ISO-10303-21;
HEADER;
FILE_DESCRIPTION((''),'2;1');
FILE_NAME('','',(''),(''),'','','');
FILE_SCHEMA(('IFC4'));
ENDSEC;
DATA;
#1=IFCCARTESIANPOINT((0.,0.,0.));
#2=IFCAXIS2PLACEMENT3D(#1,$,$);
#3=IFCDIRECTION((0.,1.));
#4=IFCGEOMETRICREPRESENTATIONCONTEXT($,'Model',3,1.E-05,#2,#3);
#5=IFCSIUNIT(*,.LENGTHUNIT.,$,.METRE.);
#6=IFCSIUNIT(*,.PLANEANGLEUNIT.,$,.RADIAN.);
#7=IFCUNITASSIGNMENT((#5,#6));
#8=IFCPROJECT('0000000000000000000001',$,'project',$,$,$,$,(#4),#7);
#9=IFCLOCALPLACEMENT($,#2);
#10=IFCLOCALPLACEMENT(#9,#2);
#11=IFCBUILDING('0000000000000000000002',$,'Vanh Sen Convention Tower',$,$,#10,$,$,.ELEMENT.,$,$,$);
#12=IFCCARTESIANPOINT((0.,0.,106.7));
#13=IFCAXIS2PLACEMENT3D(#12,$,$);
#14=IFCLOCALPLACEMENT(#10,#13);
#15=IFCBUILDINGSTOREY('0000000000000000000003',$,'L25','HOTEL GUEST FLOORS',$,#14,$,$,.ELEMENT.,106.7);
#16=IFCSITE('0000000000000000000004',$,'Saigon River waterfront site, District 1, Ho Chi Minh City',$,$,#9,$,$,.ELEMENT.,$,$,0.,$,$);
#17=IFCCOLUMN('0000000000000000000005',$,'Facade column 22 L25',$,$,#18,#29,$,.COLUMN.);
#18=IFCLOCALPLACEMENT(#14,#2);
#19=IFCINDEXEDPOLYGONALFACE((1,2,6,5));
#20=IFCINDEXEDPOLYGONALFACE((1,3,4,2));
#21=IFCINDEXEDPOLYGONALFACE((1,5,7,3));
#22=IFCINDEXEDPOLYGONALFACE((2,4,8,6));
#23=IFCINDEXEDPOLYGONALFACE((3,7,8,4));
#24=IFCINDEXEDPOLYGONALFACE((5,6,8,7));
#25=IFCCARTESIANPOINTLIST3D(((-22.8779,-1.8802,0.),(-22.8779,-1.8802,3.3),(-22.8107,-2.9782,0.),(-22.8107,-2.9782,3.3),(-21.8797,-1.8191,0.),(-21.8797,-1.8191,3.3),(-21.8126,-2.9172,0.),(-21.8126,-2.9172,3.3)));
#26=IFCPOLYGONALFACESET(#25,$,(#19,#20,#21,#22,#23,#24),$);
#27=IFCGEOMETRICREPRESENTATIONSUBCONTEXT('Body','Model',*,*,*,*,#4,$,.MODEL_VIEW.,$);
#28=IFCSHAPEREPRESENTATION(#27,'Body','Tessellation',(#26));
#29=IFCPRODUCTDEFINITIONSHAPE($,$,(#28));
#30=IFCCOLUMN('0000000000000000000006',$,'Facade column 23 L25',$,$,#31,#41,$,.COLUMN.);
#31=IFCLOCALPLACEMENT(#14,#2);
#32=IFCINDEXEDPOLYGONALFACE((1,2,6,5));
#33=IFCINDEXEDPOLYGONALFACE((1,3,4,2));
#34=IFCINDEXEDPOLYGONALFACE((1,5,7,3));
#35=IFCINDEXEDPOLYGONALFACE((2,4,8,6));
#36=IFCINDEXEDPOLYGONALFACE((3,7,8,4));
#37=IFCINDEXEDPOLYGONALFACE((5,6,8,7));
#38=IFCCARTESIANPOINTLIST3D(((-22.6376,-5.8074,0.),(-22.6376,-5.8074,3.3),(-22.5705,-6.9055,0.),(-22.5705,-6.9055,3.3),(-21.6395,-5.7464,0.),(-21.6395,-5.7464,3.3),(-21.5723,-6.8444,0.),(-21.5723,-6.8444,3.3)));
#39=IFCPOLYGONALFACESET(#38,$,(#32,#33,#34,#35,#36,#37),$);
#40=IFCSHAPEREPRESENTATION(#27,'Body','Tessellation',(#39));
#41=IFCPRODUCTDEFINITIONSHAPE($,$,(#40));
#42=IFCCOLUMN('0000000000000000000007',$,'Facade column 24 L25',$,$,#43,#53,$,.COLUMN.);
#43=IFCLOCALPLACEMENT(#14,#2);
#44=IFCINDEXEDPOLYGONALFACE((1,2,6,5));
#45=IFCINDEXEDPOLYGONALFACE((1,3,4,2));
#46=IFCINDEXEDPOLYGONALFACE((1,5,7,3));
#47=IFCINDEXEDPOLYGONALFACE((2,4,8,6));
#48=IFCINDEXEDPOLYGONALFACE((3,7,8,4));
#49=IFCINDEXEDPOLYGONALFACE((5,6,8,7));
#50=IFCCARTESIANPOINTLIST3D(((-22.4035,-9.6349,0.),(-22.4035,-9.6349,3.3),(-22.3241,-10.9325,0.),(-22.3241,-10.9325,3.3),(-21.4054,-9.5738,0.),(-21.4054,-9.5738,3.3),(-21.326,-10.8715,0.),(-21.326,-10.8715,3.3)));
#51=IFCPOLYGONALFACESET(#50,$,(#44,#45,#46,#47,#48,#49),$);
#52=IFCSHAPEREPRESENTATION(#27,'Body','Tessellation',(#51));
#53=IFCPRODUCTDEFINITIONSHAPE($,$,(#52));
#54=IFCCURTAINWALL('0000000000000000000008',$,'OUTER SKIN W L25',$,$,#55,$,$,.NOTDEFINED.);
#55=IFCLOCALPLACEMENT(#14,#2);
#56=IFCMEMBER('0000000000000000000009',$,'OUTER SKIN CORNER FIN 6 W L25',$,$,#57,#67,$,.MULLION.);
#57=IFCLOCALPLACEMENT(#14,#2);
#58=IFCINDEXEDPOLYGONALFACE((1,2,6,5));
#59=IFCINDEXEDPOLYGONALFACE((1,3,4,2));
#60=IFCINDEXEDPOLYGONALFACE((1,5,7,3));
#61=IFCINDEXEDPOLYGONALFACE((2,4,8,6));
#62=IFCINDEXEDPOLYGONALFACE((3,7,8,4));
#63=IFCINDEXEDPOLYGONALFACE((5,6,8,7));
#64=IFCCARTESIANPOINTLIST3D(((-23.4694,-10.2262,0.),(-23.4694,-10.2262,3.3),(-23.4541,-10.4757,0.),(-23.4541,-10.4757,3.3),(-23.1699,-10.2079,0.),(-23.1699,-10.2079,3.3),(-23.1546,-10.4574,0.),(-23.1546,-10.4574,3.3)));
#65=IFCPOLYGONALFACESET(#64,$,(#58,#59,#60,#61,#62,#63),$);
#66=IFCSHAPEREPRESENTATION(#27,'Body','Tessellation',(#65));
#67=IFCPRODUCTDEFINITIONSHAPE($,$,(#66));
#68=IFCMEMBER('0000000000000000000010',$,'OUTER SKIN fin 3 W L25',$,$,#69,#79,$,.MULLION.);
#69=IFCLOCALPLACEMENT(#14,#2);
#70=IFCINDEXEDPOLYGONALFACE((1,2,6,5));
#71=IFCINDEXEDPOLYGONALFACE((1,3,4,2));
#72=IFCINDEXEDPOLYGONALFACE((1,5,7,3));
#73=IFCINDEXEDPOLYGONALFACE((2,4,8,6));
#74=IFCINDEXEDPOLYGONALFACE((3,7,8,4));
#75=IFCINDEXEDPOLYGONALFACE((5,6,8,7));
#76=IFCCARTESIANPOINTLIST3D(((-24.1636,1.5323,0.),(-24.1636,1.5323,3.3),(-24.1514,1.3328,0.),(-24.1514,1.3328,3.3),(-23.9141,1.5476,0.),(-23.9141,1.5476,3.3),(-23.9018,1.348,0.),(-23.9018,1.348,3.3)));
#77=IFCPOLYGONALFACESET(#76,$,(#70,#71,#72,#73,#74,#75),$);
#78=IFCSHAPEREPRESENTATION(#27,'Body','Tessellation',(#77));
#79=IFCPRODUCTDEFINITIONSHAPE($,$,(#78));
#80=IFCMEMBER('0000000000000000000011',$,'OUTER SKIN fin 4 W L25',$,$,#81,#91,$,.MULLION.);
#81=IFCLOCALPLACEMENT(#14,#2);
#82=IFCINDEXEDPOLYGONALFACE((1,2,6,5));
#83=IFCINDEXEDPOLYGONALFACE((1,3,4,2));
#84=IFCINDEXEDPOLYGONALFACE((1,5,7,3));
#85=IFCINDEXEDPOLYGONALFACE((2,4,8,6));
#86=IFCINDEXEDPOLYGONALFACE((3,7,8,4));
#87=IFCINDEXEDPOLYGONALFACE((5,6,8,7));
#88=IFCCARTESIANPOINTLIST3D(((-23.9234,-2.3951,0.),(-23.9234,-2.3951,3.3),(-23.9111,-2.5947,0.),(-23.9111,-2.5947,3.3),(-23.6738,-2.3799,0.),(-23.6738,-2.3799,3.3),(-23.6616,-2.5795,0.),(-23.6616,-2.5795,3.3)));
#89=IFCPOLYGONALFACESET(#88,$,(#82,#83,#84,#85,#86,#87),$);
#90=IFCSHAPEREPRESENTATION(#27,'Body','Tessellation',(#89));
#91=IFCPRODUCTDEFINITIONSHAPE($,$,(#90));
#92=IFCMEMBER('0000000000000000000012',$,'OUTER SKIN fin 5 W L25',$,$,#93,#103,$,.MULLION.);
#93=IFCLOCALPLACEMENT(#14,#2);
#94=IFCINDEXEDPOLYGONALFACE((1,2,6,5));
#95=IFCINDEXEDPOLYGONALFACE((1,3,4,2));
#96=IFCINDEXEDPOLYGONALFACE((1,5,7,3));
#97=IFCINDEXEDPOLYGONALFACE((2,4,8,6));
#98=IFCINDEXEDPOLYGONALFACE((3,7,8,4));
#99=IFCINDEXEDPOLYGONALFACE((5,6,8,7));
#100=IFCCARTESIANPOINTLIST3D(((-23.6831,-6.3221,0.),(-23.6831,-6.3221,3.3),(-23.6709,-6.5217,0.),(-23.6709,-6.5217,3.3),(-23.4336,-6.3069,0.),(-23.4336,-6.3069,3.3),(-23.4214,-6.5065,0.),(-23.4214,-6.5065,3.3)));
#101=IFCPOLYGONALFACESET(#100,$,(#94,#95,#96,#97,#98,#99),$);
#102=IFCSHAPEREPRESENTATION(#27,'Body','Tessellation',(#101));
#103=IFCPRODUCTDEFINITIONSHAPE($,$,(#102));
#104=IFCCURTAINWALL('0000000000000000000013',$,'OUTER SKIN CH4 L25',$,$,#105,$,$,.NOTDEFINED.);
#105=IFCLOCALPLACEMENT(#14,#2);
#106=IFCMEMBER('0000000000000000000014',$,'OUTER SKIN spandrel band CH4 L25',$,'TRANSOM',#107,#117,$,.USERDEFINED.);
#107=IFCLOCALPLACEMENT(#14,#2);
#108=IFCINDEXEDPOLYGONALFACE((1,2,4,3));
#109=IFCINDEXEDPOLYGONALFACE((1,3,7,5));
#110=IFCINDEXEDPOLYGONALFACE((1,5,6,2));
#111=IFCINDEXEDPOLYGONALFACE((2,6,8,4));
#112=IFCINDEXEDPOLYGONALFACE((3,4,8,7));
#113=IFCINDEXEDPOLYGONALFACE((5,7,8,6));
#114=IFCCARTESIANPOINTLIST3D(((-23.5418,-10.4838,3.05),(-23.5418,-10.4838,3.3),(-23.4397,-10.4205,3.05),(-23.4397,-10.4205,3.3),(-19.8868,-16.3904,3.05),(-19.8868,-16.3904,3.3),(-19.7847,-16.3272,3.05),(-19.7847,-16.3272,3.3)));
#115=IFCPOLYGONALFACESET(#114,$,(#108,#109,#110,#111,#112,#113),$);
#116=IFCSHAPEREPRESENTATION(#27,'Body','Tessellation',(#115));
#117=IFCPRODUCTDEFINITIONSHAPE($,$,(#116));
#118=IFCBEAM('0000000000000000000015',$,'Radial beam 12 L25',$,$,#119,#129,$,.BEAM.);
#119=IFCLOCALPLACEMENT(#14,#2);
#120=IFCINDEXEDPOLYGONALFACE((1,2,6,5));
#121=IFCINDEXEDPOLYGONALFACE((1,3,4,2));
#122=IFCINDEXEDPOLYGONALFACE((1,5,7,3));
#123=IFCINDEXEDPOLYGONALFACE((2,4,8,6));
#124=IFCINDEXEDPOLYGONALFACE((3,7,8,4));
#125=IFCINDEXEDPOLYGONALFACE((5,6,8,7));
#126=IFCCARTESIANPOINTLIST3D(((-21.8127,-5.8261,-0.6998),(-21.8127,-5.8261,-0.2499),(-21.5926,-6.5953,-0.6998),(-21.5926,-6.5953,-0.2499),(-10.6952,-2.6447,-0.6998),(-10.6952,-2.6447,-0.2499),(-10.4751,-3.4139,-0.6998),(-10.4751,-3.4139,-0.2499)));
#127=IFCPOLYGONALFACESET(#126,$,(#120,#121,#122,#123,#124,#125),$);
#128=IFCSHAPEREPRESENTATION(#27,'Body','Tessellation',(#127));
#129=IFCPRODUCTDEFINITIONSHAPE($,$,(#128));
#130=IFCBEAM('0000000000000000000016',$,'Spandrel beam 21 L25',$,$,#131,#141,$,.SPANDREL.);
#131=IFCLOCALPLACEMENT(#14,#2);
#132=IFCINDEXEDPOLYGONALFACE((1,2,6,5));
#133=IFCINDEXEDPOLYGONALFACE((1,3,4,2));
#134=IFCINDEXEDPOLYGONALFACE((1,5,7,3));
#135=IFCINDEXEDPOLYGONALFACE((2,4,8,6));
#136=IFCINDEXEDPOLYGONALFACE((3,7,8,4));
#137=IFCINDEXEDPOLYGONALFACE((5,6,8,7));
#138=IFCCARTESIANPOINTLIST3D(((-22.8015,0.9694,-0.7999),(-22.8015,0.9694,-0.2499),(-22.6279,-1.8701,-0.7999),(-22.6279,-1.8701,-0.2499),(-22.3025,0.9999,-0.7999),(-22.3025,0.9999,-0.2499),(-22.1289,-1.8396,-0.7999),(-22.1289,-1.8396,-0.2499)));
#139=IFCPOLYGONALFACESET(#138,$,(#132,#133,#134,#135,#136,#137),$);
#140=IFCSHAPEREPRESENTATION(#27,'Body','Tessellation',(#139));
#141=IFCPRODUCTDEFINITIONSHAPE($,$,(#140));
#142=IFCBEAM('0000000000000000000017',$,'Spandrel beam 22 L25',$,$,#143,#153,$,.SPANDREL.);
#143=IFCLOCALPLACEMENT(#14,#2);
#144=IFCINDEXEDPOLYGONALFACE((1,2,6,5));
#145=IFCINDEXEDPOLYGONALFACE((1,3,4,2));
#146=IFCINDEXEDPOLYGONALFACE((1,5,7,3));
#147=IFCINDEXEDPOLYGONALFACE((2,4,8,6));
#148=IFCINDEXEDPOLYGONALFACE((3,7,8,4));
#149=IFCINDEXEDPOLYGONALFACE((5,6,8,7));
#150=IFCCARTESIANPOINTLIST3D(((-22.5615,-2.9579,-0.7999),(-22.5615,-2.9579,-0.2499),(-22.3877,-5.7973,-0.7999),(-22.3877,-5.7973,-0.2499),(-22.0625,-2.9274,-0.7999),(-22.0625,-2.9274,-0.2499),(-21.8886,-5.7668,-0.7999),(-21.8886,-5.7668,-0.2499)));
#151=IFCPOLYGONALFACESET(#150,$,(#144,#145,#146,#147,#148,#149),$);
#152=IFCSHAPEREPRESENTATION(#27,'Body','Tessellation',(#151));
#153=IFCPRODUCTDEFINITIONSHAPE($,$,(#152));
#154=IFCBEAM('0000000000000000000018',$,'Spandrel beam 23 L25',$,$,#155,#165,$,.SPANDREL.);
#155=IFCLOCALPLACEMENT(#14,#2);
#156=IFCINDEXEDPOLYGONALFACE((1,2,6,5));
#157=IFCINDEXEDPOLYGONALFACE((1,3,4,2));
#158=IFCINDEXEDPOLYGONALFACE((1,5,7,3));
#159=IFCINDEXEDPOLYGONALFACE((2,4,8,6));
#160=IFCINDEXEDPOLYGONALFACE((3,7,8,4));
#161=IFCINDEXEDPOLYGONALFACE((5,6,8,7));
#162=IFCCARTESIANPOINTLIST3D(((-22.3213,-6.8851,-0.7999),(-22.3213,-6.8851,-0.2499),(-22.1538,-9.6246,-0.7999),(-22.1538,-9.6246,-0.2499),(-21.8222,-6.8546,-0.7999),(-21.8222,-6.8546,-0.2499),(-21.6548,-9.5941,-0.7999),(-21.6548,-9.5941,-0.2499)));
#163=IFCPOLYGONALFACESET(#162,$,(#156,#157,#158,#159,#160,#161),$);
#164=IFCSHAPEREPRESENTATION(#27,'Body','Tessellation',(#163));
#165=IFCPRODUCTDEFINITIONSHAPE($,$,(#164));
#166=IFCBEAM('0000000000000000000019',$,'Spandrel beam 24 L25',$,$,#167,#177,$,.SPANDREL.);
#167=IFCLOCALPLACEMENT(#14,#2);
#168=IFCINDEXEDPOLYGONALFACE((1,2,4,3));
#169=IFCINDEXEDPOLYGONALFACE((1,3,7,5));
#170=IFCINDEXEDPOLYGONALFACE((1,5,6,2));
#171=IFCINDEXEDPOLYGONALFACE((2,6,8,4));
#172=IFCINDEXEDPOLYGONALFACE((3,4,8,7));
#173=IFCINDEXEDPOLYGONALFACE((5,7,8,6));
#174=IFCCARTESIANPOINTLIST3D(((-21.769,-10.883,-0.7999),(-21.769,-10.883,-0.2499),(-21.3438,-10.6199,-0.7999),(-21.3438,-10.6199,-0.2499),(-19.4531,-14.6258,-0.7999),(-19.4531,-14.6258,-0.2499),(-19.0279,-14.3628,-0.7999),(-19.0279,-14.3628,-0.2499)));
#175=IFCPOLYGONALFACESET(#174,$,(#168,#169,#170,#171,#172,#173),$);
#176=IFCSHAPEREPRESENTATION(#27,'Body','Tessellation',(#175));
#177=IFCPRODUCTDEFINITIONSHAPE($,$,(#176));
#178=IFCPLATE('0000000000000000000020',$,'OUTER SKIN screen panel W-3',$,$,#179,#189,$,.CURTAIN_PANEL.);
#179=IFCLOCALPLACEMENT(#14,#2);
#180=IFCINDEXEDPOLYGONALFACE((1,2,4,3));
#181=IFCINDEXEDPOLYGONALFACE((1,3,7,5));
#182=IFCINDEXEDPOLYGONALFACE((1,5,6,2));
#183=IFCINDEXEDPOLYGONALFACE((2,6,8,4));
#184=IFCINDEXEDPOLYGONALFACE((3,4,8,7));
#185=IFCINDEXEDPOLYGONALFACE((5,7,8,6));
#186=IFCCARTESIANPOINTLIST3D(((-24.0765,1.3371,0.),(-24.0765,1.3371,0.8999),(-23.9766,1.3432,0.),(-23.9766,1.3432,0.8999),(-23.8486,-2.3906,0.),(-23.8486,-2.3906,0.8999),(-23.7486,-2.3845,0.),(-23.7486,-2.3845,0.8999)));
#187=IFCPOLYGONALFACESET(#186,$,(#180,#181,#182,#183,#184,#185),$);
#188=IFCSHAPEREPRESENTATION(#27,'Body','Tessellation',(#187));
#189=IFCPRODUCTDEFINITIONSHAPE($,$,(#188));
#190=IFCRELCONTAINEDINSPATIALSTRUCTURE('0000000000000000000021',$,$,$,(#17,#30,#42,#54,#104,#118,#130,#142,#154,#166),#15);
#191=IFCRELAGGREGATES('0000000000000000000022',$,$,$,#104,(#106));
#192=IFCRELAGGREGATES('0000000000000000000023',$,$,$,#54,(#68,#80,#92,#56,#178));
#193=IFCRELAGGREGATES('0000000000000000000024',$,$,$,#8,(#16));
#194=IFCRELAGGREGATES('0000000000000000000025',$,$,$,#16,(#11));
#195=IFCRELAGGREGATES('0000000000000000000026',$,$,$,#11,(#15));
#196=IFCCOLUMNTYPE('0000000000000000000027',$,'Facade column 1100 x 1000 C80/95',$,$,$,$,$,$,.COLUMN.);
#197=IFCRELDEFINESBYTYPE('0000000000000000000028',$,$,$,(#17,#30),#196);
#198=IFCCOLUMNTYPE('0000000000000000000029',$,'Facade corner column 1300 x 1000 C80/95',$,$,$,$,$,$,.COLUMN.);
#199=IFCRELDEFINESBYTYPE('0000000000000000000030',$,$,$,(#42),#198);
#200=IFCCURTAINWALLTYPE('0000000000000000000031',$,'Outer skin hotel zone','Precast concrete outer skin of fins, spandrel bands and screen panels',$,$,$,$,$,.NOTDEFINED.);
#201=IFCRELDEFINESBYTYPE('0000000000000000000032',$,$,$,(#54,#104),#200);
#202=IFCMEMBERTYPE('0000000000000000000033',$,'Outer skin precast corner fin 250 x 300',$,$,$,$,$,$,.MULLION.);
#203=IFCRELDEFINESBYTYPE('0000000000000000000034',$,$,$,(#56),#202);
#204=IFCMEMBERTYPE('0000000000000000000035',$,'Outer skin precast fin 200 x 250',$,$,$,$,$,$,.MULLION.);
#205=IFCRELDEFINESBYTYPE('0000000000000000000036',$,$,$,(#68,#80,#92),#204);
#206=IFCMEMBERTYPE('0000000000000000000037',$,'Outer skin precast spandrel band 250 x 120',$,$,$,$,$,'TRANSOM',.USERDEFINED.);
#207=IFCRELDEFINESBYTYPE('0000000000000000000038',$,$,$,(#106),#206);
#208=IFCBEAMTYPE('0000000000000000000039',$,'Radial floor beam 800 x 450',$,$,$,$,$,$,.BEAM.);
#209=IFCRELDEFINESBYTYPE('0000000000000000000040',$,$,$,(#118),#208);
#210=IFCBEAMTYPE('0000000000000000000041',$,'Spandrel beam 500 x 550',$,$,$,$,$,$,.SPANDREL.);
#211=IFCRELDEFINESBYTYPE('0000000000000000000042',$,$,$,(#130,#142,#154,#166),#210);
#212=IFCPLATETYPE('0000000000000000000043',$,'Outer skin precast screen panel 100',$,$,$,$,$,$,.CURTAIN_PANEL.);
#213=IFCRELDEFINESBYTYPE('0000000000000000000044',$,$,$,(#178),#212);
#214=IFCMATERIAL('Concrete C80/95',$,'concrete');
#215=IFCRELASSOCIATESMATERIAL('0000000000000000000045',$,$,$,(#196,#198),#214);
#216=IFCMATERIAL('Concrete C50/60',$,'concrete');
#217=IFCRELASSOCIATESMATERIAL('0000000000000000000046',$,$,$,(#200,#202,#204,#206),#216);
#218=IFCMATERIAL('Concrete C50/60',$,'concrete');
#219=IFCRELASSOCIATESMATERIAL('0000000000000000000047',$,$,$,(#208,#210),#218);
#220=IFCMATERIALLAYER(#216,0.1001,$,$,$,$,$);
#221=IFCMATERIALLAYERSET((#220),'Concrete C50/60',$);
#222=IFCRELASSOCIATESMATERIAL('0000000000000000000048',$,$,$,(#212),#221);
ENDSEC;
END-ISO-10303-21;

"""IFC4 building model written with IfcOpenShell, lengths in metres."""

from ifc_helpers import new_model, si_unit, direction, frame, origin, origin_2d, place, context, subcontext, project, spatial, rectangle, extrude, material, layer, layer_set, material_profile, profile_set, type_object, element, aggregate, save


model = new_model("IFC4")

# Units and contexts
model_context = context("Model", 3, precision=1e-05, world=origin(), true_north=direction((0.0, 1.0)))
body_context = subcontext(model_context, "Body", "Model", "MODEL_VIEW")
ifc_project = project(units=[si_unit("LENGTHUNIT", "METRE"), si_unit("PLANEANGLEUNIT", "RADIAN")], contexts=[model_context])

# Site, building, storey
site_placement = place(None, origin())
site = spatial("IfcSite", under=ifc_project, at=site_placement, Name="Saigon River waterfront site, District 1, Ho Chi Minh City", CompositionType="ELEMENT", RefElevation=0.0)
building_placement = place(site_placement, origin())
building = spatial("IfcBuilding", under=site, at=building_placement, Name="Vanh Sen Convention Tower", CompositionType="ELEMENT")
storey_placement = place(building_placement, frame((0.0, 0.0, 106.7)))
storey = spatial("IfcBuildingStorey", under=building, at=storey_placement, Name="L25", Description="HOTEL GUEST FLOORS", CompositionType="ELEMENT", Elevation=106.7)

# Columns
ifc_material_1 = material(Name="Concrete C80/95", Category="concrete")
ifc_material_profile_1 = material_profile(ifc_material_1, rectangle(XDim=1.1001, YDim=1.0, at=origin_2d()), Name="RC 1100X1000")
ifc_profile_set_1 = profile_set([ifc_material_profile_1], Name="Concrete C80/95")
column_type_1 = type_object("IfcColumnType", Name="Facade column 1100 x 1000 C80/95", PredefinedType="COLUMN", material=ifc_profile_set_1)
for number, where, z_axis, x_axis, name in (
    (1, (-22.3452, -2.3987, 0.0), (0.0, 0.0, 1.0), (0.061049, -0.998135, 0.0), "Facade column 22 L25"),
    (2, (-22.105, -6.3259, 0.0), (0.0, 0.0, 1.0), (0.061049, -0.998135, 0.0), "Facade column 23 L25"),
):
    element("IfcColumn", number, at=place(storey_placement, frame(where, z_axis=z_axis, x_axis=x_axis)), inside=storey, type_object=column_type_1, Name=name, PredefinedType="COLUMN", context=body_context, shape_type="SweptSolid", body=[
        extrude(rectangle(XDim=1.1001, YDim=1.0, at=origin_2d()), origin(), (0.0, 0.0, 1.0), 3.3),
    ])
ifc_material_profile_2 = material_profile(ifc_material_1, rectangle(XDim=1.3, YDim=1.0, at=origin_2d()), Name="RC 1300X1000")
ifc_profile_set_2 = profile_set([ifc_material_profile_2], Name="Concrete C80/95")
column_type_2 = type_object("IfcColumnType", Name="Facade corner column 1300 x 1000 C80/95", PredefinedType="COLUMN", material=ifc_profile_set_2)
column_placement = place(storey_placement, frame((-21.8647, -10.2532, 0.0), z_axis=(0.0, 0.0, 1.0), x_axis=(0.061049, -0.998135, 0.0)))
element("IfcColumn", 3, at=column_placement, inside=storey, type_object=column_type_2, Name="Facade column 24 L25", PredefinedType="COLUMN", context=body_context, shape_type="SweptSolid", body=[
    extrude(rectangle(XDim=1.3, YDim=1.0, at=origin_2d()), origin(), (0.0, 0.0, 1.0), 3.3),
])

# Curtain wall, members
ifc_material_2 = material(Name="Concrete C50/60", Category="concrete")
curtain_wall_type = type_object("IfcCurtainWallType", Name="Outer skin hotel zone", Description="Precast concrete outer skin of fins, spandrel bands and screen panels", PredefinedType="NOTDEFINED", material=ifc_material_2)
curtain_wall_1_placement = place(storey_placement, origin())
curtain_wall_1 = element("IfcCurtainWall", 4, at=curtain_wall_1_placement, inside=storey, type_object=curtain_wall_type, Name="OUTER SKIN W L25", PredefinedType="NOTDEFINED")
ifc_material_profile_3 = material_profile(ifc_material_2, rectangle(XDim=0.25, YDim=0.3, at=origin_2d()), Name="Outer skin precast corner fin 250 x 300")
ifc_profile_set_3 = profile_set([ifc_material_profile_3], Name="Concrete C50/60")
member_type_1 = type_object("IfcMemberType", Name="Outer skin precast corner fin 250 x 300", PredefinedType="MULLION", material=ifc_profile_set_3)
member_1_placement = place(storey_placement, frame((-23.312, -10.3418, 0.0), z_axis=(0.0, 0.0, 1.0), x_axis=(0.061049, -0.998135, 0.0)))
member_1 = element("IfcMember", 5, at=member_1_placement, type_object=member_type_1, Name="OUTER SKIN CORNER FIN 6 W L25", PredefinedType="MULLION", context=body_context, shape_type="SweptSolid", body=[
    extrude(rectangle(XDim=0.25, YDim=0.3, at=origin_2d()), origin(), (0.0, 0.0, 1.0), 3.3),
])
ifc_material_profile_4 = material_profile(ifc_material_2, rectangle(XDim=0.2, YDim=0.25, at=origin_2d()), Name="Outer skin precast fin 200 x 250")
ifc_profile_set_4 = profile_set([ifc_material_profile_4], Name="Concrete C50/60")
member_type_2 = type_object("IfcMemberType", Name="Outer skin precast fin 200 x 250", PredefinedType="MULLION", material=ifc_profile_set_4)
member_2_placement = place(storey_placement, frame((-24.0327, 1.4402, 0.0), z_axis=(0.0, 0.0, 1.0), x_axis=(0.061049, -0.998135, 0.0)))
member_2 = element("IfcMember", 6, at=member_2_placement, type_object=member_type_2, Name="OUTER SKIN fin 3 W L25", PredefinedType="MULLION", context=body_context, shape_type="SweptSolid", body=[
    extrude(rectangle(XDim=0.2, YDim=0.25, at=origin_2d()), origin(), (0.0, 0.0, 1.0), 3.3),
])
member_3_placement = place(storey_placement, frame((-23.7925, -2.4873, 0.0), z_axis=(0.0, 0.0, 1.0), x_axis=(0.061049, -0.998135, 0.0)))
member_3 = element("IfcMember", 7, at=member_3_placement, type_object=member_type_2, Name="OUTER SKIN fin 4 W L25", PredefinedType="MULLION", context=body_context, shape_type="SweptSolid", body=[
    extrude(rectangle(XDim=0.2, YDim=0.25, at=origin_2d()), origin(), (0.0, 0.0, 1.0), 3.3),
])
member_4_placement = place(storey_placement, frame((-23.5522, -6.4143, 0.0), z_axis=(0.0, 0.0, 1.0), x_axis=(0.061049, -0.998135, 0.0)))
member_4 = element("IfcMember", 8, at=member_4_placement, type_object=member_type_2, Name="OUTER SKIN fin 5 W L25", PredefinedType="MULLION", context=body_context, shape_type="SweptSolid", body=[
    extrude(rectangle(XDim=0.2, YDim=0.25, at=origin_2d()), origin(), (0.0, 0.0, 1.0), 3.3),
])

# Curtain wall, member
curtain_wall_2_placement = place(storey_placement, origin())
curtain_wall_2 = element("IfcCurtainWall", 9, at=curtain_wall_2_placement, inside=storey, type_object=curtain_wall_type, Name="OUTER SKIN CH4 L25", PredefinedType="NOTDEFINED")
ifc_material_profile_5 = material_profile(ifc_material_2, rectangle(XDim=0.1201, YDim=0.25, at=origin_2d()), Name="Outer skin precast spandrel band 250 x 120")
ifc_profile_set_5 = profile_set([ifc_material_profile_5], Name="Concrete C50/60")
member_type_3 = type_object("IfcMemberType", Name="Outer skin precast spandrel band 250 x 120", ElementType="TRANSOM", PredefinedType="USERDEFINED", material=ifc_profile_set_5)
member_5_placement = place(storey_placement, frame((-23.4907, -10.4521, 3.175), z_axis=(0.526196, -0.850363, 0.0), x_axis=(0.850363, 0.526196, 0.0)))
member_5 = element("IfcMember", 10, at=member_5_placement, type_object=member_type_3, Name="OUTER SKIN spandrel band CH4 L25", ObjectType="TRANSOM", PredefinedType="USERDEFINED", context=body_context, shape_type="SweptSolid", body=[
    extrude(rectangle(XDim=0.1201, YDim=0.25, at=origin_2d()), origin(), (0.0, 0.0, 1.0), 6.946),
])
aggregate(curtain_wall_2, [member_5])

# Beams
ifc_material_3 = material(Name="Concrete C50/60", Category="concrete")
ifc_material_profile_6 = material_profile(ifc_material_3, rectangle(XDim=0.8, YDim=0.45, at=origin_2d()), Name="RC 800X450")
ifc_profile_set_6 = profile_set([ifc_material_profile_6], Name="Concrete C50/60")
beam_type_1 = type_object("IfcBeamType", Name="Radial floor beam 800 x 450", PredefinedType="BEAM", material=ifc_profile_set_6)
beam_1_placement = place(storey_placement, frame((-21.7026, -6.2107, -0.4749), z_axis=(0.96141, 0.27512, 0.0), x_axis=(-0.27512, 0.96141, 0.0)))
element("IfcBeam", 11, at=beam_1_placement, inside=storey, type_object=beam_type_1, Name="Radial beam 12 L25", PredefinedType="BEAM", context=body_context, shape_type="SweptSolid", body=[
    extrude(rectangle(XDim=0.8, YDim=0.45, at=origin_2d()), origin(), (0.0, 0.0, 1.0), 11.5637),
])
ifc_material_profile_7 = material_profile(ifc_material_3, rectangle(XDim=0.5, YDim=0.55, at=origin_2d()), Name="RC 500X550")
ifc_profile_set_7 = profile_set([ifc_material_profile_7], Name="Concrete C50/60")
beam_type_2 = type_object("IfcBeamType", Name="Spandrel beam 500 x 550", PredefinedType="SPANDREL", material=ifc_profile_set_7)
for number, where, z_axis, x_axis, name in (
    (12, (-22.552, 0.9846, -0.5249), (0.061021, -0.998136, 0.0), (0.998136, 0.061021, 0.0), "Spandrel beam 21 L25"),
    (13, (-22.312, -2.9426, -0.5249), (0.061107, -0.998131, 0.0), (0.998131, 0.061107, 0.0), "Spandrel beam 22 L25"),
):
    element("IfcBeam", number, at=place(storey_placement, frame(where, z_axis=z_axis, x_axis=x_axis)), inside=storey, type_object=beam_type_2, Name=name, PredefinedType="SPANDREL", context=body_context, shape_type="SweptSolid", body=[
        extrude(rectangle(XDim=0.5, YDim=0.55, at=origin_2d()), origin(), (0.0, 0.0, 1.0), 2.8447),
    ])
beam_2_placement = place(storey_placement, frame((-22.0718, -6.8699, -0.5249), z_axis=(0.061021, -0.998136, 0.0), x_axis=(0.998136, 0.061021, 0.0)))
element("IfcBeam", 14, at=beam_2_placement, inside=storey, type_object=beam_type_2, Name="Spandrel beam 23 L25", PredefinedType="SPANDREL", context=body_context, shape_type="SweptSolid", body=[
    extrude(rectangle(XDim=0.5, YDim=0.55, at=origin_2d()), origin(), (0.0, 0.0, 1.0), 2.7446),
])
beam_3_placement = place(storey_placement, frame((-21.5564, -10.7515, -0.5249), z_axis=(0.526169, -0.85038, 0.0), x_axis=(0.85038, 0.526169, 0.0)))
element("IfcBeam", 15, at=beam_3_placement, inside=storey, type_object=beam_type_2, Name="Spandrel beam 24 L25", PredefinedType="SPANDREL", context=body_context, shape_type="SweptSolid", body=[
    extrude(rectangle(XDim=0.5, YDim=0.55, at=origin_2d()), origin(), (0.0, 0.0, 1.0), 4.4014),
])

# Plate
ifc_layer_1 = layer(ifc_material_2, 0.1001)
ifc_layer_set_1 = layer_set([ifc_layer_1], Name="Concrete C50/60")
plate_type = type_object("IfcPlateType", Name="Outer skin precast screen panel 100", PredefinedType="CURTAIN_PANEL", material=ifc_layer_set_1)
plate_1_placement = place(storey_placement, frame((-23.9126, -0.5237, 0.0), z_axis=(0.0, 0.0, 1.0), x_axis=(0.061047, -0.998135, 0.0)))
plate_1 = element("IfcPlate", 16, at=plate_1_placement, type_object=plate_type, Name="OUTER SKIN screen panel W-3", PredefinedType="CURTAIN_PANEL", context=body_context, shape_type="SweptSolid", body=[
    extrude(rectangle(XDim=3.7346, YDim=0.1001, at=origin_2d()), origin(), (0.0, 0.0, 1.0), 0.8999),
])
aggregate(curtain_wall_1, [member_2, member_3, member_4, member_1, plate_1])

save(model, "model.ifc")
